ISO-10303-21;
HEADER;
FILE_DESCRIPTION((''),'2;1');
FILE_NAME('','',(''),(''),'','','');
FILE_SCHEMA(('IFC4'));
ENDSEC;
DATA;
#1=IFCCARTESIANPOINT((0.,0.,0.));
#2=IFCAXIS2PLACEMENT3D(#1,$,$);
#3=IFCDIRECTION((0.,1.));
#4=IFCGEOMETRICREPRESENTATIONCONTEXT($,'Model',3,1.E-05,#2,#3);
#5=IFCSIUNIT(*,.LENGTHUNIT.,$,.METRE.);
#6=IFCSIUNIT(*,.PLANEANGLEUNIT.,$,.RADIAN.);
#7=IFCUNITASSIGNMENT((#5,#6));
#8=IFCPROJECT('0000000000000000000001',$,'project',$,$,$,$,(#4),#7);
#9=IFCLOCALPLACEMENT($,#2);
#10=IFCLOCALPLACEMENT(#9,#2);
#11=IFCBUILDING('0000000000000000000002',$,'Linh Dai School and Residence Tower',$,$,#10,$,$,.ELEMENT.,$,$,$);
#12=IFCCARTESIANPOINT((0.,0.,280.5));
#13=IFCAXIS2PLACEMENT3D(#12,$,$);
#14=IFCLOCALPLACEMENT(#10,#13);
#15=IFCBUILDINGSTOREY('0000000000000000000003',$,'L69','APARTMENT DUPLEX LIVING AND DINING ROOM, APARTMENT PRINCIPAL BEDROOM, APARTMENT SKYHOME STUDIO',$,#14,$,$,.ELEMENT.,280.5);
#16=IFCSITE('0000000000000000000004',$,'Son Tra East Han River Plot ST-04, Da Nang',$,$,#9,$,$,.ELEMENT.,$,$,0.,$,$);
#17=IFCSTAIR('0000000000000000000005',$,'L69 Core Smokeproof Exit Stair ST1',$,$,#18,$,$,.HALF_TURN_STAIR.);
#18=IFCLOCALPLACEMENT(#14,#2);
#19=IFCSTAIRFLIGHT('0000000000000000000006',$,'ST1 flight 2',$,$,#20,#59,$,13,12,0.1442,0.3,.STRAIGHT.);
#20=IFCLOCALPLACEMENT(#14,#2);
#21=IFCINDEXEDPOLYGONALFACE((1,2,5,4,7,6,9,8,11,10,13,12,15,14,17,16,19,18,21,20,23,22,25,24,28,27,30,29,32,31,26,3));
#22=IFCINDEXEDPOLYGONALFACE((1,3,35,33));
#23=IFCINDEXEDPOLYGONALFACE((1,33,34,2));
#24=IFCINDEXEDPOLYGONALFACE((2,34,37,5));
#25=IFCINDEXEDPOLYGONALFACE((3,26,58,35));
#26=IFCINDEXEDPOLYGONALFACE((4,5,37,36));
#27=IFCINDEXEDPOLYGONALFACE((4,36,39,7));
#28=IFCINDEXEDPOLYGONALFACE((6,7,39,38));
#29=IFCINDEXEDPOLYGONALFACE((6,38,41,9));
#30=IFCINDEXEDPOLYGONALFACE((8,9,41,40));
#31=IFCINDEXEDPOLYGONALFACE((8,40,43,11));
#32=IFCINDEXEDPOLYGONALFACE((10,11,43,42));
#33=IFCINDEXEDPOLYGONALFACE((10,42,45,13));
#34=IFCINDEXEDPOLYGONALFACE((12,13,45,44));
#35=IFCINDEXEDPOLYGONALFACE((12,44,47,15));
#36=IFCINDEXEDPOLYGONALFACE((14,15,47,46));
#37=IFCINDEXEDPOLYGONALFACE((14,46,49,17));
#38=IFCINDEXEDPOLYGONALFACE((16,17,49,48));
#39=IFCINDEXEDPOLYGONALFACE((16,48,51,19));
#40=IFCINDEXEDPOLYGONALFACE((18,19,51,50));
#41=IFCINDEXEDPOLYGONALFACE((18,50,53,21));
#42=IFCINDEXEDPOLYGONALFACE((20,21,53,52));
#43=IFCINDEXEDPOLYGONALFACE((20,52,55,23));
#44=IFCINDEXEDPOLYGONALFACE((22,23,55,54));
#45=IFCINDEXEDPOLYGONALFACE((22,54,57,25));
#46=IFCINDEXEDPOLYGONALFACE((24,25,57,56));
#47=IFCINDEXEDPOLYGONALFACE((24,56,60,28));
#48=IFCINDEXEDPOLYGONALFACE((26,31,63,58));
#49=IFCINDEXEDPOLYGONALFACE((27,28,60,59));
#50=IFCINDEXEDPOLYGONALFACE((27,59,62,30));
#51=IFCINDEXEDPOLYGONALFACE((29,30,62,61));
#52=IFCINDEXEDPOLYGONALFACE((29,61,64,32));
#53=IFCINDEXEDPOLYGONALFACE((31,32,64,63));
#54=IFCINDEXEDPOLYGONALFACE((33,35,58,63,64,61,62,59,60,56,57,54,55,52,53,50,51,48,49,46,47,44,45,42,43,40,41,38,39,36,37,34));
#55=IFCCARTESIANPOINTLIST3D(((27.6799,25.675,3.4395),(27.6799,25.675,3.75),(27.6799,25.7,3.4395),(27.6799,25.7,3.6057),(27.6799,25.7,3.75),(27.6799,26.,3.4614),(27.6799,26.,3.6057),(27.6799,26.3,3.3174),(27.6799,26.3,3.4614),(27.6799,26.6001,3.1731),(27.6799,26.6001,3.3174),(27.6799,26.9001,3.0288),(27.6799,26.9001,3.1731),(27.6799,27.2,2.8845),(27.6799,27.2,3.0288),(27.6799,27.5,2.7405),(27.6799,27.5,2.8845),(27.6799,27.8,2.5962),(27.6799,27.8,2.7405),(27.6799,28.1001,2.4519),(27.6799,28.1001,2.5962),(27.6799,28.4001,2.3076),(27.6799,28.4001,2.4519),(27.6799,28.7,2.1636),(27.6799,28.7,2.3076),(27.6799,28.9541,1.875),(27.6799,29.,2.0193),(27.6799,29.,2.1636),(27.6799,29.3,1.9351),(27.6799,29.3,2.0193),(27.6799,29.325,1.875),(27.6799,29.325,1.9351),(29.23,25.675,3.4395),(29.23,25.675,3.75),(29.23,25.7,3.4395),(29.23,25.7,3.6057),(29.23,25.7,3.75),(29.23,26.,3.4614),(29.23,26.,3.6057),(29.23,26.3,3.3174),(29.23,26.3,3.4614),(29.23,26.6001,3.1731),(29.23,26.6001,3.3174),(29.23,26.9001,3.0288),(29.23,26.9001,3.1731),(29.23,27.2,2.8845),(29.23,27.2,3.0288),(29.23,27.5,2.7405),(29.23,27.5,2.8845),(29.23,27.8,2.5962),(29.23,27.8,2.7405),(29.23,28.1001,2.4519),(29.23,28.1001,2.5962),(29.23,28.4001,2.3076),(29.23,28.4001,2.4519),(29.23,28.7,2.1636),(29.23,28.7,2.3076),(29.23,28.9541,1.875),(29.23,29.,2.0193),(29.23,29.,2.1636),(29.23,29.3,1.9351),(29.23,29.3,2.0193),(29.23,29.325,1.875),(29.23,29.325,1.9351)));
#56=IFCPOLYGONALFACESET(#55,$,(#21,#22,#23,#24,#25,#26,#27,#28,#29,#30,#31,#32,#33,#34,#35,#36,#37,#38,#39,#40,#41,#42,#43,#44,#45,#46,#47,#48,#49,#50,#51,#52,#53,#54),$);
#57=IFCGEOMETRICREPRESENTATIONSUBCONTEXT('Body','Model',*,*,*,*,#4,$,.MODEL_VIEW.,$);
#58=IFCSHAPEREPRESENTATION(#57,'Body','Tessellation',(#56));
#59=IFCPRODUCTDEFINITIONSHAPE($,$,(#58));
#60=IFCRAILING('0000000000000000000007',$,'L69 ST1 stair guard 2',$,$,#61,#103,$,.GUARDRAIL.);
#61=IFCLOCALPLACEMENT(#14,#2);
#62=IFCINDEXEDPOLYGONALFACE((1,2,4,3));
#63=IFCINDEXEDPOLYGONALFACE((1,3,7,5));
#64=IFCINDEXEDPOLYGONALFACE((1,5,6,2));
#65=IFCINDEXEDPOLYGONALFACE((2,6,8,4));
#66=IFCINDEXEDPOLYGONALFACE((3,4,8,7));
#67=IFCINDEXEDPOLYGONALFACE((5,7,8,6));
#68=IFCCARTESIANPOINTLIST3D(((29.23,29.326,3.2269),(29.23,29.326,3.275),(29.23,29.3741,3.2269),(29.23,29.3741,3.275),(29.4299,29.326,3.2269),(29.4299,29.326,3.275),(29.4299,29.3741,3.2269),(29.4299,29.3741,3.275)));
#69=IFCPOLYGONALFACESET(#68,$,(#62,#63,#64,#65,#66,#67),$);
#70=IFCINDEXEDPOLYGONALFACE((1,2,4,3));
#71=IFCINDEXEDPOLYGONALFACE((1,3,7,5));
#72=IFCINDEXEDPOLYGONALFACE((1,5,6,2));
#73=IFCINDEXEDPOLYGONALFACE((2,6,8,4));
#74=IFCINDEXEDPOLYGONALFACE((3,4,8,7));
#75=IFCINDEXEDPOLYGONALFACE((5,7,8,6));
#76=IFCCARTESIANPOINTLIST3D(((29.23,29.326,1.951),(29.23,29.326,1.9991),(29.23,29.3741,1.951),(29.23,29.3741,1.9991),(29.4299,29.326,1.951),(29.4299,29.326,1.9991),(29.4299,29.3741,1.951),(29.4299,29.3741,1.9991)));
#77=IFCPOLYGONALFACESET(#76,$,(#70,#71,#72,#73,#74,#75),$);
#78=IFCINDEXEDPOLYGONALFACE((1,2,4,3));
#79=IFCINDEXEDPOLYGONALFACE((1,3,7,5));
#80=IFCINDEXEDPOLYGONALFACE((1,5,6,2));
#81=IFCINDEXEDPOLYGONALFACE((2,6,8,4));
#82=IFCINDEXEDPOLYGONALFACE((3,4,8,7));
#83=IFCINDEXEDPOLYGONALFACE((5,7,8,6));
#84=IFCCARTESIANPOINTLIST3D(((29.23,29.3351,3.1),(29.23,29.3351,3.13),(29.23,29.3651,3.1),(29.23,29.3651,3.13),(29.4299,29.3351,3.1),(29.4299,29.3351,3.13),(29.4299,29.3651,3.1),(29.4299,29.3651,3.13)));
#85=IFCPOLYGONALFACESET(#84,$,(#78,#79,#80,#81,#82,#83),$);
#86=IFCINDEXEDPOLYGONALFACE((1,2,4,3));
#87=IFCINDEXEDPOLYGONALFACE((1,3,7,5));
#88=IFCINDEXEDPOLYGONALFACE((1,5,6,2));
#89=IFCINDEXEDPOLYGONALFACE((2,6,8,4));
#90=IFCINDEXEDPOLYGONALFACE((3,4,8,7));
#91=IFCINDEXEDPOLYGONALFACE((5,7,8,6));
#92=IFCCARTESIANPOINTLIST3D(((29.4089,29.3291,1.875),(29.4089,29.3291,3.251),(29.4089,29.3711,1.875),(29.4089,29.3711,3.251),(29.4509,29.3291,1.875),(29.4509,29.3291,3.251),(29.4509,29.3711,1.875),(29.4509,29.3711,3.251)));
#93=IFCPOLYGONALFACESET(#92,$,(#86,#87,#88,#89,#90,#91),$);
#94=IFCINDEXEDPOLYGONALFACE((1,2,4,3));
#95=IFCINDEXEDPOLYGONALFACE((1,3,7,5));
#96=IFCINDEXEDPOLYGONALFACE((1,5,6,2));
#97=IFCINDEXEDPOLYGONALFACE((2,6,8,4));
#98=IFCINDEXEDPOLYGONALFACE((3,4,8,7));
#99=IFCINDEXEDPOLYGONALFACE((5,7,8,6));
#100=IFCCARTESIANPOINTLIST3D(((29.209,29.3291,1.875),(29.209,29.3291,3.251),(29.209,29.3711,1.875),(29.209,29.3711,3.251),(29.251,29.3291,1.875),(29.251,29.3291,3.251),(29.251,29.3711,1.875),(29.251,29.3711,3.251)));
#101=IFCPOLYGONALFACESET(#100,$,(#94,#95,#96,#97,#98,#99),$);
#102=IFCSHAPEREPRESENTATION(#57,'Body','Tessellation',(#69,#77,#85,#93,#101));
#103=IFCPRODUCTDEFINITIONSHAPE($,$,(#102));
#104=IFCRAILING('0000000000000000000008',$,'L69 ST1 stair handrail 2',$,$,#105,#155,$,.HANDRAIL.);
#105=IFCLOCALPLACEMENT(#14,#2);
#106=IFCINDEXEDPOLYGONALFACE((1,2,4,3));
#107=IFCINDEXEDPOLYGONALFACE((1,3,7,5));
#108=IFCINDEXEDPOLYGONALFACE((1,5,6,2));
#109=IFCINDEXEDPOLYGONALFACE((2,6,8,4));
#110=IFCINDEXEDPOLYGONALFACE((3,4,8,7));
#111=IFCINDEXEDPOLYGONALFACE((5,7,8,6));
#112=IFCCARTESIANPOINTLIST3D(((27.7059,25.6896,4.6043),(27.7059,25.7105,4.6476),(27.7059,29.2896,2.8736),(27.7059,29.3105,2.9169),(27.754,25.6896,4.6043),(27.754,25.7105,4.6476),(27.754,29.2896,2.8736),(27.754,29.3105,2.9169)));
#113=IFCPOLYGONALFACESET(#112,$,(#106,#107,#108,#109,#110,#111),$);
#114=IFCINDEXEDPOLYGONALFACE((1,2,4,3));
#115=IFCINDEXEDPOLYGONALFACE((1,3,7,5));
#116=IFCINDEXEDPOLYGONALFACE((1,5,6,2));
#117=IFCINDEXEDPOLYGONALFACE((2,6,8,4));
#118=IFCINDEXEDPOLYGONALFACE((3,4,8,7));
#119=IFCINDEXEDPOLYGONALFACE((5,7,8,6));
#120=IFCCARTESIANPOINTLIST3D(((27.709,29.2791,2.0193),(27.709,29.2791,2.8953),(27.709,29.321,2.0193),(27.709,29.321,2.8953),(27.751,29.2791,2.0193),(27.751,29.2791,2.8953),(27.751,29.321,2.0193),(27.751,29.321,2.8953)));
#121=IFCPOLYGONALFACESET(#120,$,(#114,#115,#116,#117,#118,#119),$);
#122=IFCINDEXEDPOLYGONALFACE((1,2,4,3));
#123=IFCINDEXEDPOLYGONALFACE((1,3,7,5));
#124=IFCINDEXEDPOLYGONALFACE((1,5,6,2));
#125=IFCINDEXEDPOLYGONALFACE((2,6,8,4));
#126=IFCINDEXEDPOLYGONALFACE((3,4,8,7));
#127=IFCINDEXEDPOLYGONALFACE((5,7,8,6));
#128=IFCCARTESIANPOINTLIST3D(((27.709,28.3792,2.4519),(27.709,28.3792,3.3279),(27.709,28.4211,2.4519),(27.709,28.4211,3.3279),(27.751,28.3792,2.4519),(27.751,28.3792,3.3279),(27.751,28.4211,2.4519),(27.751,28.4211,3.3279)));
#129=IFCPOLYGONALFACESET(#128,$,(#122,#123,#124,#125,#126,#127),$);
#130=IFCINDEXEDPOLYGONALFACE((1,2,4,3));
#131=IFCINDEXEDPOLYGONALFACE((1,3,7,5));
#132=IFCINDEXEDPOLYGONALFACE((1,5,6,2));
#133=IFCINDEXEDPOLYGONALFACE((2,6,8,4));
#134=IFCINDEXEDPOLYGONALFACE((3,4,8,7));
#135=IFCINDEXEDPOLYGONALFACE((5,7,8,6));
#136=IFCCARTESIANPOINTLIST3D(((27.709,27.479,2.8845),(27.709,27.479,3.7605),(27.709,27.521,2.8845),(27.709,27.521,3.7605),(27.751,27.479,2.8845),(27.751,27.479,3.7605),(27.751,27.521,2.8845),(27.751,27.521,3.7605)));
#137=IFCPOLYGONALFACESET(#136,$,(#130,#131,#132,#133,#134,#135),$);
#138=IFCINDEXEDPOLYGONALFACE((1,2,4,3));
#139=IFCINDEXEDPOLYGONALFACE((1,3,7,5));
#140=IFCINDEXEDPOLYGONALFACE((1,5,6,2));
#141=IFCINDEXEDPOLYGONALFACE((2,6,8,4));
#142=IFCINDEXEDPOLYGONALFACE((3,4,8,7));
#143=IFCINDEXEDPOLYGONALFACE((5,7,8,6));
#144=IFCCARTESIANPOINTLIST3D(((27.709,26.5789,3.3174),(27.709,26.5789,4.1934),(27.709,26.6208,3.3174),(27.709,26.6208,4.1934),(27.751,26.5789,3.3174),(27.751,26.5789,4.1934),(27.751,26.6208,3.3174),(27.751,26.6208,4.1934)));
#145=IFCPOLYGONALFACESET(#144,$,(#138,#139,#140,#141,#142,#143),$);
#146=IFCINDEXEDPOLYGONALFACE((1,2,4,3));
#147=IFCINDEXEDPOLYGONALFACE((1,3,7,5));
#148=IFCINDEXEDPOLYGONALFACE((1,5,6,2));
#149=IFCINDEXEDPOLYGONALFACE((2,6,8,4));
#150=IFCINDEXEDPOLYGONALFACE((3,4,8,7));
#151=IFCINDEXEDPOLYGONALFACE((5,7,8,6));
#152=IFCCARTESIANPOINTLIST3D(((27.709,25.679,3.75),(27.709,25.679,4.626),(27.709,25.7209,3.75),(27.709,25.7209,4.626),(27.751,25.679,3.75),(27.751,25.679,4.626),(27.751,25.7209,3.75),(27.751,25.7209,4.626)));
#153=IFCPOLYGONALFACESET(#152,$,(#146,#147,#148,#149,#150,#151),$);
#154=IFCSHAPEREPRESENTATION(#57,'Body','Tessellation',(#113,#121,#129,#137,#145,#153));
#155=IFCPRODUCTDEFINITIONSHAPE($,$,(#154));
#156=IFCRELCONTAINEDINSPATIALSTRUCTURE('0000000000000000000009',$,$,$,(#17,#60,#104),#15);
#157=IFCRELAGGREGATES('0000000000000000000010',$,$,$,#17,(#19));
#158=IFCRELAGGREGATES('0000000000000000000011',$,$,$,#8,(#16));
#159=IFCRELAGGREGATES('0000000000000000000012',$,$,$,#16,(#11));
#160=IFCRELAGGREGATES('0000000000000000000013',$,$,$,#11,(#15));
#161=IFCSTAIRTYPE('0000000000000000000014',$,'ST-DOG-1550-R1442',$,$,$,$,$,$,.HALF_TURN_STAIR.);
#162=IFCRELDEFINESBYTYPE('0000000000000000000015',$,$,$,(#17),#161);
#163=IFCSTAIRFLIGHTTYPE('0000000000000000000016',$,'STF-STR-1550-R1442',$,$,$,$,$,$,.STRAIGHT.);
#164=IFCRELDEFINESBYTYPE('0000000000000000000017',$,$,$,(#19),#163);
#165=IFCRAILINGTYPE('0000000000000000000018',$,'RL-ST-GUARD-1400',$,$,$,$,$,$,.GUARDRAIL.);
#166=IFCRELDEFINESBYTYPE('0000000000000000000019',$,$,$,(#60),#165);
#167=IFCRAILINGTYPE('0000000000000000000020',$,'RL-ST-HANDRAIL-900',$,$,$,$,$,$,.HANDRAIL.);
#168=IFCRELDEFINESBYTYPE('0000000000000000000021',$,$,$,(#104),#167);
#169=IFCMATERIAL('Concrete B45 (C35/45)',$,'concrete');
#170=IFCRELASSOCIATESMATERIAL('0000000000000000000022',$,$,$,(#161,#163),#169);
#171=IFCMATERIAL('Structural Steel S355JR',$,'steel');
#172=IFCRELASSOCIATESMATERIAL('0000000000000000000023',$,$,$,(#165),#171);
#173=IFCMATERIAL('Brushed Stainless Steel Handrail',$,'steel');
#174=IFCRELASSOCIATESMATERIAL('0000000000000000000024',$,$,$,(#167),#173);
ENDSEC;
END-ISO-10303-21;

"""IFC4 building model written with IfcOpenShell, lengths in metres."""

from ifc_helpers import new_model, si_unit, direction, frame, origin, origin_2d, place, context, subcontext, project, spatial, polyline, rectangle, outline, extrude, source, transform, mapped, material, type_object, element, aggregate, save


model = new_model("IFC4")

# Units and contexts
model_context = context("Model", 3, precision=1e-05, world=origin(), true_north=direction((0.0, 1.0)))
body_context = subcontext(model_context, "Body", "Model", "MODEL_VIEW")
ifc_project = project(units=[si_unit("LENGTHUNIT", "METRE"), si_unit("PLANEANGLEUNIT", "RADIAN")], contexts=[model_context])

# Site, building, storey
site_placement = place(None, origin())
site = spatial("IfcSite", under=ifc_project, at=site_placement, Name="Son Tra East Han River Plot ST-04, Da Nang", CompositionType="ELEMENT", RefElevation=0.0)
building_placement = place(site_placement, origin())
building = spatial("IfcBuilding", under=site, at=building_placement, Name="Linh Dai School and Residence Tower", CompositionType="ELEMENT")
storey_placement = place(building_placement, frame((0.0, 0.0, 280.5)))
storey = spatial("IfcBuildingStorey", under=building, at=storey_placement, Name="L69", Description="APARTMENT DUPLEX LIVING AND DINING ROOM, APARTMENT PRINCIPAL BEDROOM, APARTMENT SKYHOME STUDIO", CompositionType="ELEMENT", Elevation=280.5)

# Shared definitions
ifc_material_1 = material(Name="Structural Steel S355JR", Category="steel")

# Shared definitions
ifc_material_2 = material(Name="Concrete B45 (C35/45)", Category="concrete")

# Stair, stair flight
stair_type = type_object("IfcStairType", Name="ST-DOG-1550-R1442", PredefinedType="HALF_TURN_STAIR", material=ifc_material_2)
stair_placement = place(storey_placement, origin())
stair = element("IfcStair", 1, at=stair_placement, inside=storey, type_object=stair_type, Name="L69 Core Smokeproof Exit Stair ST1", PredefinedType="HALF_TURN_STAIR")
stair_flight_type = type_object("IfcStairFlightType", Name="STF-STR-1550-R1442", PredefinedType="STRAIGHT", material=ifc_material_2)
shared_shape_1 = source(origin(), body_context, "Body", "SweptSolid", [
    extrude(outline(polyline([(-0.0249, 0.0), (-0.0249, 0.0601), (0.0, 0.0601), (0.0, 0.1443), (0.3, 0.1443), (0.3, 0.2886), (0.6001, 0.2886), (0.6001, 0.4326), (0.8999, 0.4326), (0.8999, 0.5769), (1.2, 0.5769), (1.2, 0.7212), (1.5, 0.7212), (1.5, 0.8655), (1.8, 0.8655), (1.8, 1.0095), (2.1001, 1.0095), (2.1001, 1.1538), (2.3999, 1.1538), (2.3999, 1.2981), (2.7, 1.2981), (2.7, 1.4424), (3.0, 1.4424), (3.0, 1.5864), (3.3, 1.5864), (3.3, 1.7307), (3.6001, 1.7307), (3.6001, 1.875), (3.625, 1.875), (3.625, 1.5645), (3.6001, 1.5645), (0.3459, 0.0), (-0.0249, 0.0)])), frame((0.0, 0.7749, 0.0), z_axis=(0.0, -1.0, 0.0), x_axis=(1.0, 0.0, 0.0)), (0.0, 0.0, 1.0), 1.55),
])
stair_flight_placement = place(storey_placement, frame((28.4551, 29.3, 1.875), z_axis=(0.0, 0.0, 1.0), x_axis=(0.0, -1.0, 0.0)))
stair_flight = element("IfcStairFlight", 2, at=stair_flight_placement, type_object=stair_flight_type, Name="ST1 flight 2", NumberOfRisers=13, NumberOfTreads=12, PredefinedType="STRAIGHT", RiserHeight=0.1442, TreadLength=0.3, context=body_context, shape_type="MappedRepresentation", body=[
    mapped(shared_shape_1, transform((0.0, 0.0, 0.0), x_axis=(1.0, 0.0, 0.0), y_axis=(0.0, 1.0, 0.0), z_axis=(0.0, 0.0, 1.0), scale=1.0)),
])
aggregate(stair, [stair_flight])

# Railings
railing_type_1 = type_object("IfcRailingType", Name="RL-ST-GUARD-1400", PredefinedType="GUARDRAIL", material=ifc_material_1)
shared_shape_2 = source(origin(), body_context, "Body", "SweptSolid", [
    extrude(rectangle(XDim=0.0481, YDim=0.0481, at=origin_2d()), frame((0.0, 0.0, 1.376), z_axis=(-1.0, 0.0, 0.0), x_axis=(0.0, -1.0, 0.0)), (0.0, 0.0, 1.0), 0.2),
    extrude(rectangle(XDim=0.0481, YDim=0.0481, at=origin_2d()), frame((0.0, 0.0, 0.1001), z_axis=(-1.0, 0.0, 0.0), x_axis=(0.0, -1.0, 0.0)), (0.0, 0.0, 1.0), 0.2),
    extrude(rectangle(XDim=0.03, YDim=0.03, at=origin_2d()), frame((0.0, 0.0, 1.24), z_axis=(-1.0, 0.0, 0.0), x_axis=(0.0, -1.0, 0.0)), (0.0, 0.0, 1.0), 0.2),
    extrude(rectangle(XDim=0.042, YDim=0.042, at=origin_2d()), origin(), (0.0, 0.0, 1.0), 1.376),
    extrude(rectangle(XDim=0.042, YDim=0.042, at=origin_2d()), frame((-0.2, 0.0, 0.0)), (0.0, 0.0, 1.0), 1.376),
])
railing_1_placement = place(storey_placement, frame((29.4299, 29.3501, 1.875)))
element("IfcRailing", 3, at=railing_1_placement, inside=storey, type_object=railing_type_1, Name="L69 ST1 stair guard 2", PredefinedType="GUARDRAIL", context=body_context, shape_type="MappedRepresentation", body=[
    mapped(shared_shape_2, transform((0.0, 0.0, 0.0), x_axis=(1.0, 0.0, 0.0), y_axis=(0.0, 1.0, 0.0), z_axis=(0.0, 0.0, 1.0), scale=1.0)),
])
ifc_material_3 = material(Name="Brushed Stainless Steel Handrail", Category="steel")
railing_type_2 = type_object("IfcRailingType", Name="RL-ST-HANDRAIL-900", PredefinedType="HANDRAIL", material=ifc_material_3)
shared_shape_3 = source(origin(), body_context, "Body", "SweptSolid", [
    extrude(rectangle(XDim=0.0481, YDim=0.0481, at=origin_2d()), frame((0.0, 0.0, 0.876), z_axis=(0.0, -0.901263, 0.433273), x_axis=(1.0, 0.0, 0.0)), (0.0, 0.0, 1.0), 3.9944),
    extrude(rectangle(XDim=0.042, YDim=0.042, at=origin_2d()), origin(), (0.0, 0.0, 1.0), 0.876),
    extrude(rectangle(XDim=0.042, YDim=0.042, at=origin_2d()), frame((0.0, -0.8999, 0.4326)), (0.0, 0.0, 1.0), 0.876),
    extrude(rectangle(XDim=0.042, YDim=0.042, at=origin_2d()), frame((0.0, -1.8, 0.8652)), (0.0, 0.0, 1.0), 0.876),
    extrude(rectangle(XDim=0.042, YDim=0.042, at=origin_2d()), frame((0.0, -2.7002, 1.2981)), (0.0, 0.0, 1.0), 0.876),
    extrude(rectangle(XDim=0.042, YDim=0.042, at=origin_2d()), frame((0.0, -3.6001, 1.7307)), (0.0, 0.0, 1.0), 0.876),
])
railing_2_placement = place(storey_placement, frame((27.73, 29.3, 2.0193)))
element("IfcRailing", 4, at=railing_2_placement, inside=storey, type_object=railing_type_2, Name="L69 ST1 stair handrail 2", PredefinedType="HANDRAIL", context=body_context, shape_type="MappedRepresentation", body=[
    mapped(shared_shape_3, transform((0.0, 0.0, 0.0), x_axis=(1.0, 0.0, 0.0), y_axis=(0.0, 1.0, 0.0), z_axis=(0.0, 0.0, 1.0), scale=1.0)),
])

save(model, "model.ifc")
